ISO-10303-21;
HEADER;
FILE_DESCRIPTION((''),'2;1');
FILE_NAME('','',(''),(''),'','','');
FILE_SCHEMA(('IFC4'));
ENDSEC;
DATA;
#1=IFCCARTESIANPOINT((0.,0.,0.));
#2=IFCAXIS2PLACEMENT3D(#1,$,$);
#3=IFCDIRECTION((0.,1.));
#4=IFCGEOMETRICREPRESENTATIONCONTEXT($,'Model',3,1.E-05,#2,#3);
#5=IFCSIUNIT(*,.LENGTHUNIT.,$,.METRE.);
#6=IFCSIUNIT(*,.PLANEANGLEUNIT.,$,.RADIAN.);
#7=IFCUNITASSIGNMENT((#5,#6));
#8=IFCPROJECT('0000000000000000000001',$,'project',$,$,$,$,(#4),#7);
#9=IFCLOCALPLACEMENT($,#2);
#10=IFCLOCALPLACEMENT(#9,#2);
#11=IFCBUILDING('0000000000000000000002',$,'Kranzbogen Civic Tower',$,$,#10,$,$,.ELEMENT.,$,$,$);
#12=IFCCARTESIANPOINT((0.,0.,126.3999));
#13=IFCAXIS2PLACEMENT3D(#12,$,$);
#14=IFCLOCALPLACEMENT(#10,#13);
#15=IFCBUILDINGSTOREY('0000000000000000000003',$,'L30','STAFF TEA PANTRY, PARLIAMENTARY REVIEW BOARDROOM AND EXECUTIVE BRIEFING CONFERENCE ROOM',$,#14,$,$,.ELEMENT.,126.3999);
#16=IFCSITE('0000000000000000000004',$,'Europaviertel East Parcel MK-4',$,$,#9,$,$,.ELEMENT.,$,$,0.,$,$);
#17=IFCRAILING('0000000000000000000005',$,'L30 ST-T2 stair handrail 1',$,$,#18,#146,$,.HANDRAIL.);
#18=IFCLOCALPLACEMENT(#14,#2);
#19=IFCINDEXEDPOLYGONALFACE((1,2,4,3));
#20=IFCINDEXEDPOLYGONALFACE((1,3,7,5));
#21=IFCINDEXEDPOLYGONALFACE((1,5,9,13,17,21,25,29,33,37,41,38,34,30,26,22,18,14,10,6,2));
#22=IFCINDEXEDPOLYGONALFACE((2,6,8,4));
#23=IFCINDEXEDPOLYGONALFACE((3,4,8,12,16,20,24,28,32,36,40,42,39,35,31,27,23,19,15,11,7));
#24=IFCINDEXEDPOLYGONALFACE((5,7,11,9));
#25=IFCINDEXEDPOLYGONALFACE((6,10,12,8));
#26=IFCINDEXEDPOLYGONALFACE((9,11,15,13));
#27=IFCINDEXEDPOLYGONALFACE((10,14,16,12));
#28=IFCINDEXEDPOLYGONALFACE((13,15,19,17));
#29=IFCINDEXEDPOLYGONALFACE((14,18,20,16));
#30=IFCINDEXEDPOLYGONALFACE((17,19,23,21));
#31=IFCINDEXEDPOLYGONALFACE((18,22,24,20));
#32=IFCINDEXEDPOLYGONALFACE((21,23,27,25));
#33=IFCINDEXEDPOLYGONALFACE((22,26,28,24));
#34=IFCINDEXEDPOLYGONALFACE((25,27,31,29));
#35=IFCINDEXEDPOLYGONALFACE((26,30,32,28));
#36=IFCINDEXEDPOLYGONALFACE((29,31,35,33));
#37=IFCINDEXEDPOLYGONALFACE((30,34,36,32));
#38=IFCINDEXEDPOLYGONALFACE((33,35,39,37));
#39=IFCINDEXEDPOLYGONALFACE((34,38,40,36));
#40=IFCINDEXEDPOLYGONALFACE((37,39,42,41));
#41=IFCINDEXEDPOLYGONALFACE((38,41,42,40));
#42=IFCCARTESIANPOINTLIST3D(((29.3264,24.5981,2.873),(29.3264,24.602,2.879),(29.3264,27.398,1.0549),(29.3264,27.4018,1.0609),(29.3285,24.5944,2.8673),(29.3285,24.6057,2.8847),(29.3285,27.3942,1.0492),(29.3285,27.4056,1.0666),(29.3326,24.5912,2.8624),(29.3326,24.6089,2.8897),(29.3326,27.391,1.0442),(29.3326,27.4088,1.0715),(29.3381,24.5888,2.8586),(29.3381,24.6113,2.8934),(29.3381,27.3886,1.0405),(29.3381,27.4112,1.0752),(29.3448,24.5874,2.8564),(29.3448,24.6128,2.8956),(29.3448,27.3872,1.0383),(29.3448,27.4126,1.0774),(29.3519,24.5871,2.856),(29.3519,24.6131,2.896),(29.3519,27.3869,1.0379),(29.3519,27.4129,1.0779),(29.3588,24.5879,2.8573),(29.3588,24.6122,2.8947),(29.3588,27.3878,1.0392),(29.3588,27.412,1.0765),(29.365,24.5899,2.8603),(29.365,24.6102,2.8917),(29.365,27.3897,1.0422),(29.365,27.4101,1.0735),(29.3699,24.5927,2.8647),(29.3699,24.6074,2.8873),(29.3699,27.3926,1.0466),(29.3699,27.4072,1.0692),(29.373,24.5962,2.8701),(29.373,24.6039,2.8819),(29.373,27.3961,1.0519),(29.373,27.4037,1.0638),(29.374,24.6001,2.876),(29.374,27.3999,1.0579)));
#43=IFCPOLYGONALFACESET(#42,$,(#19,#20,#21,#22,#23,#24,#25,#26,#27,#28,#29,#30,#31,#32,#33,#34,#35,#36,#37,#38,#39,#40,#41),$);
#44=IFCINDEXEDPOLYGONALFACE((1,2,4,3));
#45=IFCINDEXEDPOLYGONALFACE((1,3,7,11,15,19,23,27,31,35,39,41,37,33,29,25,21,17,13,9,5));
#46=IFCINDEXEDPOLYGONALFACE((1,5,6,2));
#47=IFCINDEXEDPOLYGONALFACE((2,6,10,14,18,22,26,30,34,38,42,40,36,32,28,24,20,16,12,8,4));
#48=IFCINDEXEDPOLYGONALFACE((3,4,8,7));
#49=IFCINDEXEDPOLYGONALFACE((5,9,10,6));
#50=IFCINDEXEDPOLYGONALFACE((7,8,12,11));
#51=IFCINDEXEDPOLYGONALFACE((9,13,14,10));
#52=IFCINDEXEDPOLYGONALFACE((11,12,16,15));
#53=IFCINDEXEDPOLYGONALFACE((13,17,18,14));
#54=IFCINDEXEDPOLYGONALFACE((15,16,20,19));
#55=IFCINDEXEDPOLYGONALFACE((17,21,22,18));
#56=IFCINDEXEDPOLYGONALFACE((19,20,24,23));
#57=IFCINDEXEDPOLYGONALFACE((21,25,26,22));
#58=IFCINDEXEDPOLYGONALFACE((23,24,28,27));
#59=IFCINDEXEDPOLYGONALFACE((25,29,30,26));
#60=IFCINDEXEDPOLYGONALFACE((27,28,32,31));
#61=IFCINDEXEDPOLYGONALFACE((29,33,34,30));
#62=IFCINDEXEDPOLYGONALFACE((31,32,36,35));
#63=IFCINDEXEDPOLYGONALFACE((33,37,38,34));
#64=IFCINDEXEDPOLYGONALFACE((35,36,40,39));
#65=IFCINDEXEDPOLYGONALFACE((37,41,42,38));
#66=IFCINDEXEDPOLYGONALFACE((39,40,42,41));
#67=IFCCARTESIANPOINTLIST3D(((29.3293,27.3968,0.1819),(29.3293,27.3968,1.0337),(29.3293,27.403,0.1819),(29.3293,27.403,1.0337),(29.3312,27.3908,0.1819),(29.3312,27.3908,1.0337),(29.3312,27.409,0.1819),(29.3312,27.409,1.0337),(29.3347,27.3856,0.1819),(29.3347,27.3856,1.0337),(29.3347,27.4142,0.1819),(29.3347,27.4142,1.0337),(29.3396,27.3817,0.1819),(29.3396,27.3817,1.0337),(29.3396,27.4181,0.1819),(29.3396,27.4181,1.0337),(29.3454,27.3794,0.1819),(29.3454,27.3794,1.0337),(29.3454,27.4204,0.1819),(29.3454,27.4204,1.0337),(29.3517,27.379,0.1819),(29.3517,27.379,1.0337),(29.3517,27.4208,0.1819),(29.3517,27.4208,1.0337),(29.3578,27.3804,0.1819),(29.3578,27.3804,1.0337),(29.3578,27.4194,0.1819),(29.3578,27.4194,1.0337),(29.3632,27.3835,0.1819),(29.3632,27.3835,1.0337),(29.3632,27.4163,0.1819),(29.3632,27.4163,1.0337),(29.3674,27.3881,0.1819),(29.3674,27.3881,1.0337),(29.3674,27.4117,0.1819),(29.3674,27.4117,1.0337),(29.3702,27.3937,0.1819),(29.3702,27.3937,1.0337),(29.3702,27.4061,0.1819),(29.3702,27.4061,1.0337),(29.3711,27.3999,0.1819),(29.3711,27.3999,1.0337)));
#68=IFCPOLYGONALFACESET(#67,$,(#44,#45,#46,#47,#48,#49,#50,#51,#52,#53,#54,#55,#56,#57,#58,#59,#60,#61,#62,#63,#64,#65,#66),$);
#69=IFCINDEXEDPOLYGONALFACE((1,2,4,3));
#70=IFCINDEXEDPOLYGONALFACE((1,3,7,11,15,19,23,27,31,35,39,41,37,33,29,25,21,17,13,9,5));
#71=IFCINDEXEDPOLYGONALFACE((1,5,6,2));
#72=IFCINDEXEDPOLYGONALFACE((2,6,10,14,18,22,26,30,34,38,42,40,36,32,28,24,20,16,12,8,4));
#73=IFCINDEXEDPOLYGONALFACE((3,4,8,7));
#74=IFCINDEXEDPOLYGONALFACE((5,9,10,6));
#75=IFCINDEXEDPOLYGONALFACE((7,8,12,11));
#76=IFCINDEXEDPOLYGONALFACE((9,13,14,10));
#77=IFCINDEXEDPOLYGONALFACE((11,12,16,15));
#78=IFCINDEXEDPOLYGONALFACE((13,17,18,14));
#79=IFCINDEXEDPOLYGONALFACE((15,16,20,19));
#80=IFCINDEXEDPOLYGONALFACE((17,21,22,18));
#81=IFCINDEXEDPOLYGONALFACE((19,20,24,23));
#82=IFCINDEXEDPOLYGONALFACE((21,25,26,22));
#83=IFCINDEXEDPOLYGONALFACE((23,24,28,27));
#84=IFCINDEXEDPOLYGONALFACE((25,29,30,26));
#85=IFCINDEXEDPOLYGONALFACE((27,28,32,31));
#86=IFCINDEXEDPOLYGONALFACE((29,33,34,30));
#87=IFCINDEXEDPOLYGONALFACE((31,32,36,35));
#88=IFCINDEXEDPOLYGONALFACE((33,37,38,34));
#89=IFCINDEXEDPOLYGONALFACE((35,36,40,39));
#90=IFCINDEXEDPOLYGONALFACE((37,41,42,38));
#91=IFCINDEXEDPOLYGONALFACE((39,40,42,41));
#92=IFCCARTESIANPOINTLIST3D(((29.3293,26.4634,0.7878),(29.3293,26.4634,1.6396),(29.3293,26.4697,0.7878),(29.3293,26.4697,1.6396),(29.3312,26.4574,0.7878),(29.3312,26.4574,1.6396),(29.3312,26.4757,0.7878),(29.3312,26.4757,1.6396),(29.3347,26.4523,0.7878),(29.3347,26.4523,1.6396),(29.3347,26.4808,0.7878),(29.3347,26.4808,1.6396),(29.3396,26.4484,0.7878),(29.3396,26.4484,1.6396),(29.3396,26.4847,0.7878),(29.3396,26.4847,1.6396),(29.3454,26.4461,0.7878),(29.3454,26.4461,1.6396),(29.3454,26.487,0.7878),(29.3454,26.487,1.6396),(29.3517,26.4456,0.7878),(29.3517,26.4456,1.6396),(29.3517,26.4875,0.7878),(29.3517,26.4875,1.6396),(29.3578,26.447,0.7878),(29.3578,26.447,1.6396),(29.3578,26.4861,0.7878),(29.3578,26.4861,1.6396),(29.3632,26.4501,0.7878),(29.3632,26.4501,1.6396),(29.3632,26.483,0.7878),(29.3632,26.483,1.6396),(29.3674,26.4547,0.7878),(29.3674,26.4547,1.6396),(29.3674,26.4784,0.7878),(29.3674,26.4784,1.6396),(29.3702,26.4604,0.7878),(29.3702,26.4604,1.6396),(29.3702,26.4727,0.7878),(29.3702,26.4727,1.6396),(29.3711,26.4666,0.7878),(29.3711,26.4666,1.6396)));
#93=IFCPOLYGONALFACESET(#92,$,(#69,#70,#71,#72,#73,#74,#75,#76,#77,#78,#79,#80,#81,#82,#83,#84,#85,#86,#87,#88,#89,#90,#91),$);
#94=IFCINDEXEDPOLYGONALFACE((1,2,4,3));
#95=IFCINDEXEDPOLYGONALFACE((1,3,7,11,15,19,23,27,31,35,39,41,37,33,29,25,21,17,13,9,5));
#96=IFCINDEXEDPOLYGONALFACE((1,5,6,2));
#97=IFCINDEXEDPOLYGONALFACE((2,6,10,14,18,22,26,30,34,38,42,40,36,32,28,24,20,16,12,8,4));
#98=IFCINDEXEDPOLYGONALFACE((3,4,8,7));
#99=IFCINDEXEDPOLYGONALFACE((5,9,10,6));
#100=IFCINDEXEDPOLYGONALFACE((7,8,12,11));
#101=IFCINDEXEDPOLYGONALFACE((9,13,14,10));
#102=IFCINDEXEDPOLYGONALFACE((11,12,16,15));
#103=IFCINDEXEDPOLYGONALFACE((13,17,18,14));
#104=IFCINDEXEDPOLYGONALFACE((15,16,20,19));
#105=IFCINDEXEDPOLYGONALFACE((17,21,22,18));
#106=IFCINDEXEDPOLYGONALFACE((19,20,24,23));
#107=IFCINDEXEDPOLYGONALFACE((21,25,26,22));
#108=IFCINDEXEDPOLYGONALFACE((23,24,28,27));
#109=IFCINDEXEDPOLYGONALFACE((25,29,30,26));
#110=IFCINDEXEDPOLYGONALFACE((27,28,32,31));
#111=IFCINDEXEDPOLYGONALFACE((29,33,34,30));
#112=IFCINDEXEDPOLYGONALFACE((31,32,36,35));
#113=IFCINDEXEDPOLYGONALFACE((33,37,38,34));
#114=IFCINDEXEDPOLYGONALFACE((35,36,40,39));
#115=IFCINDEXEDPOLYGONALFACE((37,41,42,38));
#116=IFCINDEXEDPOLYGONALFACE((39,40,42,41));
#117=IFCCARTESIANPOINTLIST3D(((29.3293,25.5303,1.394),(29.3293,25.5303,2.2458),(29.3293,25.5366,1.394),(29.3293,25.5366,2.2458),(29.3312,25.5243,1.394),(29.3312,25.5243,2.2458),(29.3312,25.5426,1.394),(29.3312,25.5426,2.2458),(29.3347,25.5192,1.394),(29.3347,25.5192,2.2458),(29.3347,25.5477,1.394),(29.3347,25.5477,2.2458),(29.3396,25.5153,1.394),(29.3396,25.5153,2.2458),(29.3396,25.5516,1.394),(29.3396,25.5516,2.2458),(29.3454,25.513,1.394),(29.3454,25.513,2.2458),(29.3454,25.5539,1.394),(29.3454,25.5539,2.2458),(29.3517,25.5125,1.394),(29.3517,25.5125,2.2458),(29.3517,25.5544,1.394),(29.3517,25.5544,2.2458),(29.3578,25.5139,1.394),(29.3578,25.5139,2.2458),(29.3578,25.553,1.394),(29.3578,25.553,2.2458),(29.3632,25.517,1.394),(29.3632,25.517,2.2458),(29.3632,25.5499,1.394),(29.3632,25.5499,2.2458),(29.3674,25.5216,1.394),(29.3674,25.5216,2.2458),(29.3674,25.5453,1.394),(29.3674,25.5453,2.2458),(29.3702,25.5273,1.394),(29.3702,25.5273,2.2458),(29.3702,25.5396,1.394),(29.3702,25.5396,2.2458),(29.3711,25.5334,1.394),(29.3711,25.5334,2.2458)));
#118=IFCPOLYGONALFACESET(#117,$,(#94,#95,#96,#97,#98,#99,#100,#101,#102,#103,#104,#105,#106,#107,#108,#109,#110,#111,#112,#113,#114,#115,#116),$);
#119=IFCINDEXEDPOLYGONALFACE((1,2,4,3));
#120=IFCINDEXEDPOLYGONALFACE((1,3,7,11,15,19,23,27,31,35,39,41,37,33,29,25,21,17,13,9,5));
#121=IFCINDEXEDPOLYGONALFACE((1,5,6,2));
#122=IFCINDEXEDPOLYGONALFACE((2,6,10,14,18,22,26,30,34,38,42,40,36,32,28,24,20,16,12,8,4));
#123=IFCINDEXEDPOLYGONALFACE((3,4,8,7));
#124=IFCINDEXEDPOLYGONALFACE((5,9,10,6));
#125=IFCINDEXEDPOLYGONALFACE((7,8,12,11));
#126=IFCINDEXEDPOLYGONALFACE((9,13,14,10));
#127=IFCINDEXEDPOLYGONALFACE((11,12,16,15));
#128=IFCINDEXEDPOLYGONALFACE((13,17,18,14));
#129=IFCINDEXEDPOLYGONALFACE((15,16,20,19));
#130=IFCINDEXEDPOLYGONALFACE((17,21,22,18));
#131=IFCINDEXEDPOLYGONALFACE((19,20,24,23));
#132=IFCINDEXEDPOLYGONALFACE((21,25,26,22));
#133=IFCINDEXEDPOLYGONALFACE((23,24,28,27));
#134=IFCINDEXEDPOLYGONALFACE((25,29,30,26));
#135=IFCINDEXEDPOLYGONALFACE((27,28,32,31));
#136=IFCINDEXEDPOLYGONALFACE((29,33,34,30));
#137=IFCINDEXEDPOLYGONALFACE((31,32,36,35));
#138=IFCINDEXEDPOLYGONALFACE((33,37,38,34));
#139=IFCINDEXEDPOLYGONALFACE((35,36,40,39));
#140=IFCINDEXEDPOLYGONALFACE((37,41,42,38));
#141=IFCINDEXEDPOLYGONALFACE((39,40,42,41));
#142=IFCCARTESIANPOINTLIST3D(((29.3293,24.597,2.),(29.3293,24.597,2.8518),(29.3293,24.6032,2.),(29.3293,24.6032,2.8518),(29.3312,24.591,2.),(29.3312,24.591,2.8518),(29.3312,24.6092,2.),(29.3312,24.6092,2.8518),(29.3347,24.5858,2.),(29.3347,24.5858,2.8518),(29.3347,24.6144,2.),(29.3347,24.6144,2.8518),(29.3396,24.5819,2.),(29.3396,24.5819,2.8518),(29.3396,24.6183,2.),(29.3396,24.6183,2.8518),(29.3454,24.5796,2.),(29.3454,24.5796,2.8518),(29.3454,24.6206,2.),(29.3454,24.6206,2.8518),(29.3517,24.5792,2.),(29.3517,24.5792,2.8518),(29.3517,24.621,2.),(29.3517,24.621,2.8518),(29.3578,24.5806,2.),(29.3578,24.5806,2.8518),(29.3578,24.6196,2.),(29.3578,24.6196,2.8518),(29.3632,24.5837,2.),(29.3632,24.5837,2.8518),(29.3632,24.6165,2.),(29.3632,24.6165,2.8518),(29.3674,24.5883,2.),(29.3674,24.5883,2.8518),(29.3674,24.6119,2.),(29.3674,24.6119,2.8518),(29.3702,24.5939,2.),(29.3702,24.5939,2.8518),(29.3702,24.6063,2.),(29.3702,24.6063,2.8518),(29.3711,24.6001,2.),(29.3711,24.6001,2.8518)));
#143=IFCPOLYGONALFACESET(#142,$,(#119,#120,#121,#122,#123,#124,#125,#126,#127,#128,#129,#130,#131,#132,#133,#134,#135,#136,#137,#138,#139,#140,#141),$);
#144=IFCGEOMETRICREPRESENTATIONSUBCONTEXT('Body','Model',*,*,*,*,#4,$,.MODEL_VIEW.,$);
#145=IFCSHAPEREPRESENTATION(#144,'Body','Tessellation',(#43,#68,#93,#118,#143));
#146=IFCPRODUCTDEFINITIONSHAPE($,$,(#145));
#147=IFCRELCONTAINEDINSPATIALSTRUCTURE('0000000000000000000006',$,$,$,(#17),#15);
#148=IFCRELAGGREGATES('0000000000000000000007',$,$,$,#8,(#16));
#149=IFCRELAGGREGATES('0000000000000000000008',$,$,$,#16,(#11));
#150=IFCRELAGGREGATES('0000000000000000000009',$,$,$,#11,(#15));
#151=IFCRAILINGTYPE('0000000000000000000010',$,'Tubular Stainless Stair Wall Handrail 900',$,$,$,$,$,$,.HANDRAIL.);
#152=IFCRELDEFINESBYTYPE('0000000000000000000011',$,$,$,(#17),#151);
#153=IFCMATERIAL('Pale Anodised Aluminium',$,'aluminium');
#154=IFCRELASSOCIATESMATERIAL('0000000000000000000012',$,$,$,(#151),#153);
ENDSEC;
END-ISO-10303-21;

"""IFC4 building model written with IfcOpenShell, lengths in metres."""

from ifc_helpers import new_model, si_unit, direction, frame, origin, origin_2d, place, context, subcontext, project, spatial, circle, extrude, material, type_object, element, save


model = new_model("IFC4")

# Units and contexts
model_context = context("Model", 3, precision=1e-05, world=origin(), true_north=direction((0.0, 1.0)))
body_context = subcontext(model_context, "Body", "Model", "MODEL_VIEW")
ifc_project = project(units=[si_unit("LENGTHUNIT", "METRE"), si_unit("PLANEANGLEUNIT", "RADIAN")], contexts=[model_context])

# Site, building, storey
site_placement = place(None, origin())
site = spatial("IfcSite", under=ifc_project, at=site_placement, Name="Europaviertel East Parcel MK-4", CompositionType="ELEMENT", RefElevation=0.0)
building_placement = place(site_placement, origin())
building = spatial("IfcBuilding", under=site, at=building_placement, Name="Kranzbogen Civic Tower", CompositionType="ELEMENT")
storey_placement = place(building_placement, frame((0.0, 0.0, 126.3999)))
storey = spatial("IfcBuildingStorey", under=building, at=storey_placement, Name="L30", Description="STAFF TEA PANTRY, PARLIAMENTARY REVIEW BOARDROOM AND EXECUTIVE BRIEFING CONFERENCE ROOM", CompositionType="ELEMENT", Elevation=126.3999)

# Shared definitions
ifc_material_1 = material(Name="Pale Anodised Aluminium", Category="aluminium")

# Railing
railing_type_1 = type_object("IfcRailingType", Name="Tubular Stainless Stair Wall Handrail 900", PredefinedType="HANDRAIL", material=ifc_material_1)
railing_1_placement = place(storey_placement, frame((29.3501, 27.3999, 0.1819)))
element("IfcRailing", 1, at=railing_1_placement, inside=storey, type_object=railing_type_1, Name="L30 ST-T2 stair handrail 1", PredefinedType="HANDRAIL", context=body_context, shape_type="SweptSolid", body=[
    extrude(circle(Radius=0.0239, at=origin_2d()), frame((0.0, 0.0, 0.876), z_axis=(0.0, -0.838684, 0.544618), x_axis=(1.0, 0.0, 0.0)), (0.0, 0.0, 1.0), 3.3384),
    extrude(circle(Radius=0.021, at=origin_2d()), origin(), (0.0, 0.0, 1.0), 0.8518),
    extrude(circle(Radius=0.021, at=origin_2d()), frame((0.0, -0.9333, 0.606)), (0.0, 0.0, 1.0), 0.8518),
    extrude(circle(Radius=0.021, at=origin_2d()), frame((0.0, -1.8665, 1.2122)), (0.0, 0.0, 1.0), 0.8518),
    extrude(circle(Radius=0.021, at=origin_2d()), frame((0.0, -2.7998, 1.8181)), (0.0, 0.0, 1.0), 0.8518),
])

save(model, "model.ifc")
